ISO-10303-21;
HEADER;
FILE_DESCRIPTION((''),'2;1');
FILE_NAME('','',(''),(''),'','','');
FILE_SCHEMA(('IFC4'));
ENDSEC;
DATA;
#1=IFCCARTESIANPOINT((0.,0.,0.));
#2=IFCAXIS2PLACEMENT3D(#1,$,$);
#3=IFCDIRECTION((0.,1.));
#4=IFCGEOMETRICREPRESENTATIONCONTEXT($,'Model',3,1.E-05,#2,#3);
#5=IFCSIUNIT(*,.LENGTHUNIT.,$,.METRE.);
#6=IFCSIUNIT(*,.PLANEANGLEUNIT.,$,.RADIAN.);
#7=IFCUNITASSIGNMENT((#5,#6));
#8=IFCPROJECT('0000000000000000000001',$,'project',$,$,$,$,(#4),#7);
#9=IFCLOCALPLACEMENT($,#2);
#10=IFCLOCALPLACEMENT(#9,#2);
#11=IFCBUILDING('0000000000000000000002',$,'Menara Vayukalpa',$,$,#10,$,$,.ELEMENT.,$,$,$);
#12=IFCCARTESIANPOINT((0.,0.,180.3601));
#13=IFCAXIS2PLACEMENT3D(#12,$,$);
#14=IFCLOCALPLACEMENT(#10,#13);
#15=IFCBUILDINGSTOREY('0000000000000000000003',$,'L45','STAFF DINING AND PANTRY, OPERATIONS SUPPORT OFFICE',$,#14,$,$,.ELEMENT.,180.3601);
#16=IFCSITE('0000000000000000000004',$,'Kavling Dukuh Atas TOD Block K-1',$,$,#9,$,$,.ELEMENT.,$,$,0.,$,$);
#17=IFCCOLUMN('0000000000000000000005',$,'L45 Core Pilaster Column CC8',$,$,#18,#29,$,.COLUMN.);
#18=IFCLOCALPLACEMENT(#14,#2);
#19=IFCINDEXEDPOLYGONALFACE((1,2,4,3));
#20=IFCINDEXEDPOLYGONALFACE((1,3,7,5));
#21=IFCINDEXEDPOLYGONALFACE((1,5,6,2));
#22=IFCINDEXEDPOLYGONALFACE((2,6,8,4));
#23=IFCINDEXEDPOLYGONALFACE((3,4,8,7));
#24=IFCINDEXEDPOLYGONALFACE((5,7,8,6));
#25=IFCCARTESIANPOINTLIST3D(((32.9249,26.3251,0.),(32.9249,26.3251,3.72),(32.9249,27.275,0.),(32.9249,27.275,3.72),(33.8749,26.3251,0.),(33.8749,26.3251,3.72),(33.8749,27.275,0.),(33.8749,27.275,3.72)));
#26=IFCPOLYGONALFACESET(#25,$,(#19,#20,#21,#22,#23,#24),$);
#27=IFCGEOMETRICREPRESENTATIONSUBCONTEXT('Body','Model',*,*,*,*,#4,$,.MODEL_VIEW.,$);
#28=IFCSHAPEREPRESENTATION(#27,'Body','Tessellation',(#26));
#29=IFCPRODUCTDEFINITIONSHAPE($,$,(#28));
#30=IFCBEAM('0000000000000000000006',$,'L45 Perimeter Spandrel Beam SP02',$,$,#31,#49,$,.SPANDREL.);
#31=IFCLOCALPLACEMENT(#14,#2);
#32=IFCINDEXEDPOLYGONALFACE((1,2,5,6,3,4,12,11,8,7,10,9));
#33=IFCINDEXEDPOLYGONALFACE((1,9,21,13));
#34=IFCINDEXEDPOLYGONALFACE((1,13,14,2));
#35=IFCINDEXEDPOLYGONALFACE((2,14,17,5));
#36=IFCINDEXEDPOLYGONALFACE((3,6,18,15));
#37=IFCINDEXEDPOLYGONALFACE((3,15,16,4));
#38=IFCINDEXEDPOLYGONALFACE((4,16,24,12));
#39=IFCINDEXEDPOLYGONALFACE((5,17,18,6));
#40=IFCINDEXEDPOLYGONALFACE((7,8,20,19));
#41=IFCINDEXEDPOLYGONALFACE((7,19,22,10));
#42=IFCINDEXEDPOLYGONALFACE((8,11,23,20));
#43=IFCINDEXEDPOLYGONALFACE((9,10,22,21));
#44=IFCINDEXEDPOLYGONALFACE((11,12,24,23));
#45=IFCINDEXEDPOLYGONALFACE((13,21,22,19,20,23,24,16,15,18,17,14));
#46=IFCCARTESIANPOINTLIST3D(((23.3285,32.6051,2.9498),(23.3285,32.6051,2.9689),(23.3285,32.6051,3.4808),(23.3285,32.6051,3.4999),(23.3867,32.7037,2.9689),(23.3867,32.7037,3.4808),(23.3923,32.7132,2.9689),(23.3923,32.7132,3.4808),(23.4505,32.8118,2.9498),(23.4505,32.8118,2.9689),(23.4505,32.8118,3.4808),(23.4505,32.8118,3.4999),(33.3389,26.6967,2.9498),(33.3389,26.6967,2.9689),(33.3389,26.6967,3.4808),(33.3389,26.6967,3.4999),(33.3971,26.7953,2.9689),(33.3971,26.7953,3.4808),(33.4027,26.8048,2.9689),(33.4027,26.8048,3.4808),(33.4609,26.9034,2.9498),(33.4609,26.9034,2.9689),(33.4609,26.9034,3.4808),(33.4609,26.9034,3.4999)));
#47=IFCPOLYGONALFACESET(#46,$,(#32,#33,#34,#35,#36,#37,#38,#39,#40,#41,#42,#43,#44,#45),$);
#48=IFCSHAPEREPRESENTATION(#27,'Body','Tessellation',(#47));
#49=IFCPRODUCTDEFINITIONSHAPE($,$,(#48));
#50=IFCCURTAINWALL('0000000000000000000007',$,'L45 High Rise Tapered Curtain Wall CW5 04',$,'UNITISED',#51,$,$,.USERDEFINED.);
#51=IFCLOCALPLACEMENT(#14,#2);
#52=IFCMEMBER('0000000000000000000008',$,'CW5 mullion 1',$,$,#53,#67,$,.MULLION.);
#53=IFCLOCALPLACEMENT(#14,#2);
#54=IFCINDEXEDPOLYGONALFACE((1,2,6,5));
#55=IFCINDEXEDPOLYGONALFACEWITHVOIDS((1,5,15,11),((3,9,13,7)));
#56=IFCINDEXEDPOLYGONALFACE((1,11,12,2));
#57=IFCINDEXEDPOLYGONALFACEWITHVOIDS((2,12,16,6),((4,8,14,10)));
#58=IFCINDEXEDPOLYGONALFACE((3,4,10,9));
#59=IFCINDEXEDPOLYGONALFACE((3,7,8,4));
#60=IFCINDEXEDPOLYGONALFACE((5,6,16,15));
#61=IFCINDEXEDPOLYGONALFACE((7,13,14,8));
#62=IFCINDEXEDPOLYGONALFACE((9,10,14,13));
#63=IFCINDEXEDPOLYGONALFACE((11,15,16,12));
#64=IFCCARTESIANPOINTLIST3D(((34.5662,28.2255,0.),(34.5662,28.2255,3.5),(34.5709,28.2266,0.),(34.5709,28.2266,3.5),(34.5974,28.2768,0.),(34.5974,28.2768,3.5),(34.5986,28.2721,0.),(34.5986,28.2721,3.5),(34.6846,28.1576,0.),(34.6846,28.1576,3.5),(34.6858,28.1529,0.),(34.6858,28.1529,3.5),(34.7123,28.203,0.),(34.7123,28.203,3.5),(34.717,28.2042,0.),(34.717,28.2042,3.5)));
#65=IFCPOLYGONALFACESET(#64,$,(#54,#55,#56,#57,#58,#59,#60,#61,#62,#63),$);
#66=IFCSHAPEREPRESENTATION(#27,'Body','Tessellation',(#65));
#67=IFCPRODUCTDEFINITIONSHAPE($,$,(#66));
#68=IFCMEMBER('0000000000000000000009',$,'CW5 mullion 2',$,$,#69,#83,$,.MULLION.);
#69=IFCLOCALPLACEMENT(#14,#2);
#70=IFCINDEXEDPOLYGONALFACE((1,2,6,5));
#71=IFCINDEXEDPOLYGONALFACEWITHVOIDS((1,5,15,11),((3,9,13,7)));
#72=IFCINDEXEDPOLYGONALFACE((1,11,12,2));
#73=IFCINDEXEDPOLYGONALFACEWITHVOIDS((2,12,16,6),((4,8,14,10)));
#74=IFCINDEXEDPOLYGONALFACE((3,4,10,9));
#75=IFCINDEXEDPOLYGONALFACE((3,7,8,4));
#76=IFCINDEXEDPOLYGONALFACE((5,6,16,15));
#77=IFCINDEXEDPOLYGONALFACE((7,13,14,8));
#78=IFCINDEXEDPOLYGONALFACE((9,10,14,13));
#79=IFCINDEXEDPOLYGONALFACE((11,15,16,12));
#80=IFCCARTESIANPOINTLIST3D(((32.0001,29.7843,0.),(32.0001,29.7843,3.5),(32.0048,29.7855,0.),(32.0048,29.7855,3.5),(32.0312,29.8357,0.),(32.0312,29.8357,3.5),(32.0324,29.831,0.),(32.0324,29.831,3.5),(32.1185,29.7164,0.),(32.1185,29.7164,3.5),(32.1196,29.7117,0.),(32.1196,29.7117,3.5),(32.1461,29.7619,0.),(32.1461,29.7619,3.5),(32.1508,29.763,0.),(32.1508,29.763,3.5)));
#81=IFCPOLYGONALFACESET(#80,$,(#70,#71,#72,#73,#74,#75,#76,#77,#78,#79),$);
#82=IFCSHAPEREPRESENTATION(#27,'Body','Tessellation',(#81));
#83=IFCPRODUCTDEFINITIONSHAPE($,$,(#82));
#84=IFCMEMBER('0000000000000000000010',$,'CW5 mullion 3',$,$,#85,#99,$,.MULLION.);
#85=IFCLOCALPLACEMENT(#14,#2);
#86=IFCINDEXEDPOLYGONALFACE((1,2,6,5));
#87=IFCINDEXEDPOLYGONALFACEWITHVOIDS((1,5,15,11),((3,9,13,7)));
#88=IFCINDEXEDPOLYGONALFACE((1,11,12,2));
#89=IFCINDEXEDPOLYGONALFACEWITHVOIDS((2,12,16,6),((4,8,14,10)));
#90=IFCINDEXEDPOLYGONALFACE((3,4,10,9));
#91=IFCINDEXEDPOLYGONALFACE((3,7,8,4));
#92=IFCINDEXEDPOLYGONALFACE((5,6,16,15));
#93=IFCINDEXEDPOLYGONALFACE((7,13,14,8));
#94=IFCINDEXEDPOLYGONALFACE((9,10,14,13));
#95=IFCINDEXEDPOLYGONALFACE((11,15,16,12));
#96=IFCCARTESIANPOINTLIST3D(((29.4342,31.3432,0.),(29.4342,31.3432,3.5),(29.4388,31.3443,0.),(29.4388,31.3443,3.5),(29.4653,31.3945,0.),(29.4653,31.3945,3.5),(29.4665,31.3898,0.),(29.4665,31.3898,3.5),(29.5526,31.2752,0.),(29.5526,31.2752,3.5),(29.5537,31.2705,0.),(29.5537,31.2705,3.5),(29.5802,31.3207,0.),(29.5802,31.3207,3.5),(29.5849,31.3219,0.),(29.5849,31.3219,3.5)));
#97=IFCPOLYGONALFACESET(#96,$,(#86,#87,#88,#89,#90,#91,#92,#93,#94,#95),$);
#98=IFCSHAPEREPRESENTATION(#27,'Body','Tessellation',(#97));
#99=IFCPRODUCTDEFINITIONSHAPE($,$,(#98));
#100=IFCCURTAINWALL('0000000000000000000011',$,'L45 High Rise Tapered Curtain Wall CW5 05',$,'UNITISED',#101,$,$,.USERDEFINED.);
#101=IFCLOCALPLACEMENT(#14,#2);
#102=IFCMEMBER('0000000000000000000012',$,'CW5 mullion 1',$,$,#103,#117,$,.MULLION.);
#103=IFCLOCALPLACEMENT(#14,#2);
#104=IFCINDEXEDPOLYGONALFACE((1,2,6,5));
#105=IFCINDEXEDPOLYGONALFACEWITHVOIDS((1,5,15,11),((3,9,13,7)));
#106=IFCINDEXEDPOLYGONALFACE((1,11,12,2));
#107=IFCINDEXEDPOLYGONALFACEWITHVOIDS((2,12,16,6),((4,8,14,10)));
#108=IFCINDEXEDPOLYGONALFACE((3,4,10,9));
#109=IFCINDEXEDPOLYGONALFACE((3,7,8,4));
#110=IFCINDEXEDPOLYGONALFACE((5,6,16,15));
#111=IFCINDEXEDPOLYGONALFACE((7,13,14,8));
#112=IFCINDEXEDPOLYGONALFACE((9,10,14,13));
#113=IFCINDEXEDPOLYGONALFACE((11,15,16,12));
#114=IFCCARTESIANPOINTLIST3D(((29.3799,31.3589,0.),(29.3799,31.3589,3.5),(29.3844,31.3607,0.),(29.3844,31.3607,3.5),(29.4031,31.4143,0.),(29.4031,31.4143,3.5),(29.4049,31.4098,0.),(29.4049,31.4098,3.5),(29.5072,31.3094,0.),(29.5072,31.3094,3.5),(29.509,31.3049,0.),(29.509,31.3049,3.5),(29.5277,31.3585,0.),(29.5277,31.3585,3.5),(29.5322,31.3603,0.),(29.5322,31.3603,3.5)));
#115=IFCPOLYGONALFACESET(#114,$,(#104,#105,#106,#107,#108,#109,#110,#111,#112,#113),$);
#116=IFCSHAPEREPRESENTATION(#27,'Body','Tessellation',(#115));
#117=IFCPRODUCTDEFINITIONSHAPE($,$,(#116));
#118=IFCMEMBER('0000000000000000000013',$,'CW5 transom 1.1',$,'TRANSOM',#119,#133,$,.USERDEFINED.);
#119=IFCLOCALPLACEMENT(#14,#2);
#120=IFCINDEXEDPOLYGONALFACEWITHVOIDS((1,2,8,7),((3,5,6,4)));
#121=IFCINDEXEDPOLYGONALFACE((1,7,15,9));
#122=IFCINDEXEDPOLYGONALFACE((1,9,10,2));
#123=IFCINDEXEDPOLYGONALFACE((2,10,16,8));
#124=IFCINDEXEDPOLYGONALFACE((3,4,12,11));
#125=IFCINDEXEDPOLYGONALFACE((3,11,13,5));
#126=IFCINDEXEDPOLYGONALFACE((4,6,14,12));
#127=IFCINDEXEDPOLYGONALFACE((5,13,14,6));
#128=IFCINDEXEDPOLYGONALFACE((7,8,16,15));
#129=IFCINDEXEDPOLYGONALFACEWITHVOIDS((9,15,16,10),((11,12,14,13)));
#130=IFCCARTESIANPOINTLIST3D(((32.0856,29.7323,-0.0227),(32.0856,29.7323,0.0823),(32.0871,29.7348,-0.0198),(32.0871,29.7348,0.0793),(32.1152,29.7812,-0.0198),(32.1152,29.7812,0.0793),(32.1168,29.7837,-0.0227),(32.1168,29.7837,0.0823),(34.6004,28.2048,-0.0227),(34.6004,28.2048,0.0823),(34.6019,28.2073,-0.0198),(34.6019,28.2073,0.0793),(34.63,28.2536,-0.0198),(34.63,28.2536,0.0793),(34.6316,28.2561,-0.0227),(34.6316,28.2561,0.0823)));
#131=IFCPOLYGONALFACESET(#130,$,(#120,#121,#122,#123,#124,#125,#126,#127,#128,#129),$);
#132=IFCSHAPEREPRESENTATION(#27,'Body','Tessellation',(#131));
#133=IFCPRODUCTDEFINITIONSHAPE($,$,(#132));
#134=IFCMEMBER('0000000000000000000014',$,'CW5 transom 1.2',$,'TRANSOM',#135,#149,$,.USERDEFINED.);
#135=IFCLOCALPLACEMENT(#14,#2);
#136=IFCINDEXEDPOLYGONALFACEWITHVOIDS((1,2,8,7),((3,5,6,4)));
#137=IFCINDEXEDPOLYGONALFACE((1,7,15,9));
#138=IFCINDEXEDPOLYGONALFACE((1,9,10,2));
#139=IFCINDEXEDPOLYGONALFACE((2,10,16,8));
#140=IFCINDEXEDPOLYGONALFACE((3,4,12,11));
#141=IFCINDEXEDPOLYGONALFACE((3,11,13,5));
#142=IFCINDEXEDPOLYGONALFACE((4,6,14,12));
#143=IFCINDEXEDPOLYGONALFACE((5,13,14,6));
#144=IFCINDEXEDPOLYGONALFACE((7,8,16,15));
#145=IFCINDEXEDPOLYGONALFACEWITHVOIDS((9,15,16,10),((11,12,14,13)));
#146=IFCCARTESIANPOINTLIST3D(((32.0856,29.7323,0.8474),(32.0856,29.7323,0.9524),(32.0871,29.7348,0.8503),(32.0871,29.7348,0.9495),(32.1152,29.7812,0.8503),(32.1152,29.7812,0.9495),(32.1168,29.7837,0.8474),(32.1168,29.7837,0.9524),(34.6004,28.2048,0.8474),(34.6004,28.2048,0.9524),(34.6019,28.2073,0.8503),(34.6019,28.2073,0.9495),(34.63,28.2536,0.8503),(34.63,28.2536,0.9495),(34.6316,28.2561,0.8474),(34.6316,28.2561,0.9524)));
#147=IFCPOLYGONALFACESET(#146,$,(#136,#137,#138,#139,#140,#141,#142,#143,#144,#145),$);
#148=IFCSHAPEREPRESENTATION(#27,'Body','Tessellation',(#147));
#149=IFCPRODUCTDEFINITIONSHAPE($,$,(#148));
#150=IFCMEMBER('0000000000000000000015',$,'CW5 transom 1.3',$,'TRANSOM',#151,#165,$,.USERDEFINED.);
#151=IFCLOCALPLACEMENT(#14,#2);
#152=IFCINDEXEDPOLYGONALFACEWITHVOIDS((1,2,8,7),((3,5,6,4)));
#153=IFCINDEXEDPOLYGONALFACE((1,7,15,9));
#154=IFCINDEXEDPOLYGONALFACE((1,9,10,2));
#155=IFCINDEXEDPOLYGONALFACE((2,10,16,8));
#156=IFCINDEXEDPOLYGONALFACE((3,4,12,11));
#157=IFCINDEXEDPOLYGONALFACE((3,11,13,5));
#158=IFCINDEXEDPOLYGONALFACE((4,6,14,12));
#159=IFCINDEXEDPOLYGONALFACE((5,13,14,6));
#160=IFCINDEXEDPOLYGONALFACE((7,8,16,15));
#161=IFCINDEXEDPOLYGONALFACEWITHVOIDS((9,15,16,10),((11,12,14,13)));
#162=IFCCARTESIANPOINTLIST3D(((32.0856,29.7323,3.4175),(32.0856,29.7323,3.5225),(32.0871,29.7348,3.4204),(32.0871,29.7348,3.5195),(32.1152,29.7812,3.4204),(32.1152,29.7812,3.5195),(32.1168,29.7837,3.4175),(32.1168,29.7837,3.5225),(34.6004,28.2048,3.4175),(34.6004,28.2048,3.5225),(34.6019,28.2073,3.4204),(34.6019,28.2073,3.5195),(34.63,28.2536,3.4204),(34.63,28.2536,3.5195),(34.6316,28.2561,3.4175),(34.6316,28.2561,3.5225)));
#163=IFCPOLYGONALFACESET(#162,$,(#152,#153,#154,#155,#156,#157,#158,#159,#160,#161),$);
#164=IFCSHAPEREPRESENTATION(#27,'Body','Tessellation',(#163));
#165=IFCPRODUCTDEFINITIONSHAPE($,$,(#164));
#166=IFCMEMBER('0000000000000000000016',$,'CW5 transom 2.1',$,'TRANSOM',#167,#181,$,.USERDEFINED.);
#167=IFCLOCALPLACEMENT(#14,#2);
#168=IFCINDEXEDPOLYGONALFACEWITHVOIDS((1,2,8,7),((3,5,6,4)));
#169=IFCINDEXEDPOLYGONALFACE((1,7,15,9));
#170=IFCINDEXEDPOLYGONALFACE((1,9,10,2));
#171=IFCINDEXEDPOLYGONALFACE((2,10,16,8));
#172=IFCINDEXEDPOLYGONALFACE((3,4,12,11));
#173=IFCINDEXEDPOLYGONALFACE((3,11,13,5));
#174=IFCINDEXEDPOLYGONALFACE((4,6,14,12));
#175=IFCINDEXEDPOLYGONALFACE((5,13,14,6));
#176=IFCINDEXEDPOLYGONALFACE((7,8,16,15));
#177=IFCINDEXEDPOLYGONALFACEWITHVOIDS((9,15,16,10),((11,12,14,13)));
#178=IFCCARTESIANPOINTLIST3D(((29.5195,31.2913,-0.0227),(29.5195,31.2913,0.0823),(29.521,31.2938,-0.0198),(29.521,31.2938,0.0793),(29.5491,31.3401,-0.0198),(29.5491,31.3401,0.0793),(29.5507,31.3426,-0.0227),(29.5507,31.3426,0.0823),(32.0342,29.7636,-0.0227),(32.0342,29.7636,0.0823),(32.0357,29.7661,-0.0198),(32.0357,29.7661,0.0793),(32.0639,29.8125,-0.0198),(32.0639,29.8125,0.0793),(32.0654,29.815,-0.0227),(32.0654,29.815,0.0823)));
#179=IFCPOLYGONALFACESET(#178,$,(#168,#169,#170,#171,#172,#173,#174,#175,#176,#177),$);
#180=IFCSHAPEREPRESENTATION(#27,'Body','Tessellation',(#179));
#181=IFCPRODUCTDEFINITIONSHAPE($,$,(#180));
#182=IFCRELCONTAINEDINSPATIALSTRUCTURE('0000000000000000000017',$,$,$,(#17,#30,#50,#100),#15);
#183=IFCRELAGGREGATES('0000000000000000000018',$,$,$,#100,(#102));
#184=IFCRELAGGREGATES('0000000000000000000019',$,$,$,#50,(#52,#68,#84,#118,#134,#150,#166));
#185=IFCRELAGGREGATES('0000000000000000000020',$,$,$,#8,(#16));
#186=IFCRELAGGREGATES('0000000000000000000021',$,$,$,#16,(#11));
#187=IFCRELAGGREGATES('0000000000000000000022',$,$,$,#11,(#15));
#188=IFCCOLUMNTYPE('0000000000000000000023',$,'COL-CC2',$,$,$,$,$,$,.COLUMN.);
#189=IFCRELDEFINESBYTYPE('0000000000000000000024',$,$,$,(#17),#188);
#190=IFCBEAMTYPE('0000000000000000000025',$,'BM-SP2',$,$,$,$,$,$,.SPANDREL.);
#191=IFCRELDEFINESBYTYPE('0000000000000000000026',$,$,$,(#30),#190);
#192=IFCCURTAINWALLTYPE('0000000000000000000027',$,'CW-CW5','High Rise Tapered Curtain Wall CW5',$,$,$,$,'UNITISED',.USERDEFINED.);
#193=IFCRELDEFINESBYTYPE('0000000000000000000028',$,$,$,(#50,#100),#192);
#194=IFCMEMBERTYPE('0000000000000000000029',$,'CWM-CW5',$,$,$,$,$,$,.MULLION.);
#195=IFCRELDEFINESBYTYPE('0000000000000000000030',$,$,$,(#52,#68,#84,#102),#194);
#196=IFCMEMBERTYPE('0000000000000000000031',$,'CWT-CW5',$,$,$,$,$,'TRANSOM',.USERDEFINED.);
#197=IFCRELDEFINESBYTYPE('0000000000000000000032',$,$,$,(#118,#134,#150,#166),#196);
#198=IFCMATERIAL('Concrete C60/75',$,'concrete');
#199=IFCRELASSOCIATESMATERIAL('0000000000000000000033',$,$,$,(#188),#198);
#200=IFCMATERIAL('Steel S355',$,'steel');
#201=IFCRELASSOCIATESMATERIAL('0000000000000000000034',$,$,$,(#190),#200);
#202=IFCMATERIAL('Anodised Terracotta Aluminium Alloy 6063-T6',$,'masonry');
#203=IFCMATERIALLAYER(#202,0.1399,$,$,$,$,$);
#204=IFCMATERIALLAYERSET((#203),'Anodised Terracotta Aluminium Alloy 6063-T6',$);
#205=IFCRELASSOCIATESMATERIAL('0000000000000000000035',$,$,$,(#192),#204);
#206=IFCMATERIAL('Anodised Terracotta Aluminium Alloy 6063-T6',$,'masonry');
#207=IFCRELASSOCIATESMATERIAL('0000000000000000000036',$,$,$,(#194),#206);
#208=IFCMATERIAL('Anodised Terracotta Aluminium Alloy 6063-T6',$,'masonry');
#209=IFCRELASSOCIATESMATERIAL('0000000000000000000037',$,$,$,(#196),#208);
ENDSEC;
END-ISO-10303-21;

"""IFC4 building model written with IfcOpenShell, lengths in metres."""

from ifc_helpers import new_model, si_unit, direction, frame, origin, origin_2d, place, context, subcontext, project, spatial, rectangle, hollow_rectangle, i_section, extrude, material, layer, layer_set, material_profile, profile_set, type_object, element, aggregate, save


model = new_model("IFC4")

# Units and contexts
model_context = context("Model", 3, precision=1e-05, world=origin(), true_north=direction((0.0, 1.0)))
body_context = subcontext(model_context, "Body", "Model", "MODEL_VIEW")
ifc_project = project(units=[si_unit("LENGTHUNIT", "METRE"), si_unit("PLANEANGLEUNIT", "RADIAN")], contexts=[model_context])

# Site, building, storey
site_placement = place(None, origin())
site = spatial("IfcSite", under=ifc_project, at=site_placement, Name="Kavling Dukuh Atas TOD Block K-1", CompositionType="ELEMENT", RefElevation=0.0)
building_placement = place(site_placement, origin())
building = spatial("IfcBuilding", under=site, at=building_placement, Name="Menara Vayukalpa", CompositionType="ELEMENT")
storey_placement = place(building_placement, frame((0.0, 0.0, 180.3601)))
storey = spatial("IfcBuildingStorey", under=building, at=storey_placement, Name="L45", Description="STAFF DINING AND PANTRY, OPERATIONS SUPPORT OFFICE", CompositionType="ELEMENT", Elevation=180.3601)

# Column
ifc_material_1 = material(Name="Concrete C60/75", Category="concrete")
ifc_material_profile_1 = material_profile(ifc_material_1, rectangle(XDim=0.95, YDim=0.95, at=origin_2d()), Name="RC 950x950")
ifc_profile_set_1 = profile_set([ifc_material_profile_1], Name="Concrete C60/75")
column_type = type_object("IfcColumnType", Name="COL-CC2", PredefinedType="COLUMN", material=ifc_profile_set_1)
column_placement = place(storey_placement, frame((33.3999, 26.8, 0.0), z_axis=(0.0, 0.0, 1.0), x_axis=(1.0, 0.0, 0.0)))
element("IfcColumn", 1, at=column_placement, inside=storey, type_object=column_type, Name="L45 Core Pilaster Column CC8", PredefinedType="COLUMN", context=body_context, shape_type="SweptSolid", body=[
    extrude(rectangle(XDim=0.95, YDim=0.95, at=origin_2d()), origin(), (0.0, 0.0, 1.0), 3.72),
])

# Beam
ifc_material_2 = material(Name="Steel S355", Category="steel")
ifc_material_profile_2 = material_profile(ifc_material_2, i_section(OverallWidth=0.24, OverallDepth=0.55, WebThickness=0.011, FlangeThickness=0.019, at=origin_2d()), Name="WF 550x240x11x19")
ifc_profile_set_2 = profile_set([ifc_material_profile_2], Name="Steel S355")
beam_type = type_object("IfcBeamType", Name="BM-SP2", PredefinedType="SPANDREL", material=ifc_profile_set_2)
beam_placement = place(storey_placement, frame((33.3999, 26.8, 3.2249), z_axis=(-0.861184, 0.508293, 0.0), x_axis=(-0.508293, -0.861184, 0.0)))
element("IfcBeam", 2, at=beam_placement, inside=storey, type_object=beam_type, Name="L45 Perimeter Spandrel Beam SP02", PredefinedType="SPANDREL", context=body_context, shape_type="SweptSolid", body=[
    extrude(i_section(OverallWidth=0.24, OverallDepth=0.55, WebThickness=0.011, FlangeThickness=0.019, at=origin_2d()), origin(), (0.0, 0.0, 1.0), 11.624),
])

# Curtain wall, members
ifc_material_3 = material(Name="Anodised Terracotta Aluminium Alloy 6063-T6", Category="masonry")
ifc_layer_1 = layer(ifc_material_3, 0.1399)
ifc_layer_set_1 = layer_set([ifc_layer_1], Name="Anodised Terracotta Aluminium Alloy 6063-T6")
curtain_wall_type = type_object("IfcCurtainWallType", Name="CW-CW5", Description="High Rise Tapered Curtain Wall CW5", ElementType="UNITISED", PredefinedType="USERDEFINED", material=ifc_layer_set_1)
curtain_wall_1_placement = place(storey_placement, origin())
curtain_wall_1 = element("IfcCurtainWall", 3, at=curtain_wall_1_placement, inside=storey, type_object=curtain_wall_type, Name="L45 High Rise Tapered Curtain Wall CW5 04", ObjectType="UNITISED", PredefinedType="USERDEFINED")
ifc_material_4 = material(Name="Anodised Terracotta Aluminium Alloy 6063-T6", Category="masonry")
ifc_material_profile_3 = material_profile(ifc_material_4, hollow_rectangle(XDim=0.0601, YDim=0.1399, WallThickness=0.0034, at=origin_2d()), Name="ALU 60x140x3.5")
ifc_profile_set_3 = profile_set([ifc_material_profile_3], Name="Anodised Terracotta Aluminium Alloy 6063-T6")
member_type_1 = type_object("IfcMemberType", Name="CWM-CW5", PredefinedType="MULLION", material=ifc_profile_set_3)
member_1_placement = place(storey_placement, frame((34.6416, 28.2148, 0.0), z_axis=(0.0, 0.0, 1.0), x_axis=(-0.51918, -0.854665, 0.0)))
member_1 = element("IfcMember", 4, at=member_1_placement, type_object=member_type_1, Name="CW5 mullion 1", PredefinedType="MULLION", context=body_context, shape_type="SweptSolid", body=[
    extrude(hollow_rectangle(XDim=0.0601, YDim=0.1399, WallThickness=0.0034, at=origin_2d()), origin(), (0.0, 0.0, 1.0), 3.5),
])
member_2_placement = place(storey_placement, frame((32.0754, 29.7737, 0.0), z_axis=(0.0, 0.0, 1.0), x_axis=(-0.51918, -0.854665, 0.0)))
member_2 = element("IfcMember", 5, at=member_2_placement, type_object=member_type_1, Name="CW5 mullion 2", PredefinedType="MULLION", context=body_context, shape_type="SweptSolid", body=[
    extrude(hollow_rectangle(XDim=0.0601, YDim=0.1399, WallThickness=0.0034, at=origin_2d()), origin(), (0.0, 0.0, 1.0), 3.5),
])
member_3_placement = place(storey_placement, frame((29.5095, 31.3325, 0.0), z_axis=(0.0, 0.0, 1.0), x_axis=(-0.51918, -0.854665, 0.0)))
member_3 = element("IfcMember", 6, at=member_3_placement, type_object=member_type_1, Name="CW5 mullion 3", PredefinedType="MULLION", context=body_context, shape_type="SweptSolid", body=[
    extrude(hollow_rectangle(XDim=0.0601, YDim=0.1399, WallThickness=0.0034, at=origin_2d()), origin(), (0.0, 0.0, 1.0), 3.5),
])

# Curtain wall, member
curtain_wall_2_placement = place(storey_placement, origin())
curtain_wall_2 = element("IfcCurtainWall", 7, at=curtain_wall_2_placement, inside=storey, type_object=curtain_wall_type, Name="L45 High Rise Tapered Curtain Wall CW5 05", ObjectType="UNITISED", PredefinedType="USERDEFINED")
member_4_placement = place(storey_placement, frame((29.4561, 31.3596, 0.0), z_axis=(0.0, 0.0, 1.0), x_axis=(-0.385903, -0.922539, 0.0)))
member_4 = element("IfcMember", 8, at=member_4_placement, type_object=member_type_1, Name="CW5 mullion 1", PredefinedType="MULLION", context=body_context, shape_type="SweptSolid", body=[
    extrude(hollow_rectangle(XDim=0.0601, YDim=0.1399, WallThickness=0.0034, at=origin_2d()), origin(), (0.0, 0.0, 1.0), 3.5),
])

# Members
ifc_material_5 = material(Name="Anodised Terracotta Aluminium Alloy 6063-T6", Category="masonry")
ifc_material_profile_4 = material_profile(ifc_material_5, hollow_rectangle(XDim=0.0601, YDim=0.105, WallThickness=0.0029, at=origin_2d()), Name="ALU 60x105x3")
ifc_profile_set_4 = profile_set([ifc_material_profile_4], Name="Anodised Terracotta Aluminium Alloy 6063-T6")
member_type_2 = type_object("IfcMemberType", Name="CWT-CW5", ElementType="TRANSOM", PredefinedType="USERDEFINED", material=ifc_profile_set_4)
member_5_placement = place(storey_placement, frame((34.616, 28.2305, 0.0298), z_axis=(-0.854684, 0.519149, 0.0), x_axis=(-0.519149, -0.854684, 0.0)))
member_5 = element("IfcMember", 9, at=member_5_placement, type_object=member_type_2, Name="CW5 transom 1.1", ObjectType="TRANSOM", PredefinedType="USERDEFINED", context=body_context, shape_type="SweptSolid", body=[
    extrude(hollow_rectangle(XDim=0.0601, YDim=0.105, WallThickness=0.0029, at=origin_2d()), origin(), (0.0, 0.0, 1.0), 2.9424),
])
member_6_placement = place(storey_placement, frame((34.616, 28.2305, 0.8999), z_axis=(-0.854684, 0.519149, 0.0), x_axis=(-0.519149, -0.854684, 0.0)))
member_6 = element("IfcMember", 10, at=member_6_placement, type_object=member_type_2, Name="CW5 transom 1.2", ObjectType="TRANSOM", PredefinedType="USERDEFINED", context=body_context, shape_type="SweptSolid", body=[
    extrude(hollow_rectangle(XDim=0.0601, YDim=0.105, WallThickness=0.0029, at=origin_2d()), origin(), (0.0, 0.0, 1.0), 2.9424),
])
member_7_placement = place(storey_placement, frame((34.616, 28.2305, 3.47), z_axis=(-0.854684, 0.519149, 0.0), x_axis=(-0.519149, -0.854684, 0.0)))
member_7 = element("IfcMember", 11, at=member_7_placement, type_object=member_type_2, Name="CW5 transom 1.3", ObjectType="TRANSOM", PredefinedType="USERDEFINED", context=body_context, shape_type="SweptSolid", body=[
    extrude(hollow_rectangle(XDim=0.0601, YDim=0.105, WallThickness=0.0029, at=origin_2d()), origin(), (0.0, 0.0, 1.0), 2.9424),
])
member_8_placement = place(storey_placement, frame((32.0498, 29.7893, 0.0298), z_axis=(-0.854661, 0.519186, 0.0), x_axis=(-0.519186, -0.854661, 0.0)))
member_8 = element("IfcMember", 12, at=member_8_placement, type_object=member_type_2, Name="CW5 transom 2.1", ObjectType="TRANSOM", PredefinedType="USERDEFINED", context=body_context, shape_type="SweptSolid", body=[
    extrude(hollow_rectangle(XDim=0.0601, YDim=0.105, WallThickness=0.0029, at=origin_2d()), origin(), (0.0, 0.0, 1.0), 2.9424),
])
aggregate(curtain_wall_2, [member_4])

aggregate(curtain_wall_1, [member_1, member_2, member_3, member_5, member_6, member_7, member_8])

save(model, "model.ifc")
